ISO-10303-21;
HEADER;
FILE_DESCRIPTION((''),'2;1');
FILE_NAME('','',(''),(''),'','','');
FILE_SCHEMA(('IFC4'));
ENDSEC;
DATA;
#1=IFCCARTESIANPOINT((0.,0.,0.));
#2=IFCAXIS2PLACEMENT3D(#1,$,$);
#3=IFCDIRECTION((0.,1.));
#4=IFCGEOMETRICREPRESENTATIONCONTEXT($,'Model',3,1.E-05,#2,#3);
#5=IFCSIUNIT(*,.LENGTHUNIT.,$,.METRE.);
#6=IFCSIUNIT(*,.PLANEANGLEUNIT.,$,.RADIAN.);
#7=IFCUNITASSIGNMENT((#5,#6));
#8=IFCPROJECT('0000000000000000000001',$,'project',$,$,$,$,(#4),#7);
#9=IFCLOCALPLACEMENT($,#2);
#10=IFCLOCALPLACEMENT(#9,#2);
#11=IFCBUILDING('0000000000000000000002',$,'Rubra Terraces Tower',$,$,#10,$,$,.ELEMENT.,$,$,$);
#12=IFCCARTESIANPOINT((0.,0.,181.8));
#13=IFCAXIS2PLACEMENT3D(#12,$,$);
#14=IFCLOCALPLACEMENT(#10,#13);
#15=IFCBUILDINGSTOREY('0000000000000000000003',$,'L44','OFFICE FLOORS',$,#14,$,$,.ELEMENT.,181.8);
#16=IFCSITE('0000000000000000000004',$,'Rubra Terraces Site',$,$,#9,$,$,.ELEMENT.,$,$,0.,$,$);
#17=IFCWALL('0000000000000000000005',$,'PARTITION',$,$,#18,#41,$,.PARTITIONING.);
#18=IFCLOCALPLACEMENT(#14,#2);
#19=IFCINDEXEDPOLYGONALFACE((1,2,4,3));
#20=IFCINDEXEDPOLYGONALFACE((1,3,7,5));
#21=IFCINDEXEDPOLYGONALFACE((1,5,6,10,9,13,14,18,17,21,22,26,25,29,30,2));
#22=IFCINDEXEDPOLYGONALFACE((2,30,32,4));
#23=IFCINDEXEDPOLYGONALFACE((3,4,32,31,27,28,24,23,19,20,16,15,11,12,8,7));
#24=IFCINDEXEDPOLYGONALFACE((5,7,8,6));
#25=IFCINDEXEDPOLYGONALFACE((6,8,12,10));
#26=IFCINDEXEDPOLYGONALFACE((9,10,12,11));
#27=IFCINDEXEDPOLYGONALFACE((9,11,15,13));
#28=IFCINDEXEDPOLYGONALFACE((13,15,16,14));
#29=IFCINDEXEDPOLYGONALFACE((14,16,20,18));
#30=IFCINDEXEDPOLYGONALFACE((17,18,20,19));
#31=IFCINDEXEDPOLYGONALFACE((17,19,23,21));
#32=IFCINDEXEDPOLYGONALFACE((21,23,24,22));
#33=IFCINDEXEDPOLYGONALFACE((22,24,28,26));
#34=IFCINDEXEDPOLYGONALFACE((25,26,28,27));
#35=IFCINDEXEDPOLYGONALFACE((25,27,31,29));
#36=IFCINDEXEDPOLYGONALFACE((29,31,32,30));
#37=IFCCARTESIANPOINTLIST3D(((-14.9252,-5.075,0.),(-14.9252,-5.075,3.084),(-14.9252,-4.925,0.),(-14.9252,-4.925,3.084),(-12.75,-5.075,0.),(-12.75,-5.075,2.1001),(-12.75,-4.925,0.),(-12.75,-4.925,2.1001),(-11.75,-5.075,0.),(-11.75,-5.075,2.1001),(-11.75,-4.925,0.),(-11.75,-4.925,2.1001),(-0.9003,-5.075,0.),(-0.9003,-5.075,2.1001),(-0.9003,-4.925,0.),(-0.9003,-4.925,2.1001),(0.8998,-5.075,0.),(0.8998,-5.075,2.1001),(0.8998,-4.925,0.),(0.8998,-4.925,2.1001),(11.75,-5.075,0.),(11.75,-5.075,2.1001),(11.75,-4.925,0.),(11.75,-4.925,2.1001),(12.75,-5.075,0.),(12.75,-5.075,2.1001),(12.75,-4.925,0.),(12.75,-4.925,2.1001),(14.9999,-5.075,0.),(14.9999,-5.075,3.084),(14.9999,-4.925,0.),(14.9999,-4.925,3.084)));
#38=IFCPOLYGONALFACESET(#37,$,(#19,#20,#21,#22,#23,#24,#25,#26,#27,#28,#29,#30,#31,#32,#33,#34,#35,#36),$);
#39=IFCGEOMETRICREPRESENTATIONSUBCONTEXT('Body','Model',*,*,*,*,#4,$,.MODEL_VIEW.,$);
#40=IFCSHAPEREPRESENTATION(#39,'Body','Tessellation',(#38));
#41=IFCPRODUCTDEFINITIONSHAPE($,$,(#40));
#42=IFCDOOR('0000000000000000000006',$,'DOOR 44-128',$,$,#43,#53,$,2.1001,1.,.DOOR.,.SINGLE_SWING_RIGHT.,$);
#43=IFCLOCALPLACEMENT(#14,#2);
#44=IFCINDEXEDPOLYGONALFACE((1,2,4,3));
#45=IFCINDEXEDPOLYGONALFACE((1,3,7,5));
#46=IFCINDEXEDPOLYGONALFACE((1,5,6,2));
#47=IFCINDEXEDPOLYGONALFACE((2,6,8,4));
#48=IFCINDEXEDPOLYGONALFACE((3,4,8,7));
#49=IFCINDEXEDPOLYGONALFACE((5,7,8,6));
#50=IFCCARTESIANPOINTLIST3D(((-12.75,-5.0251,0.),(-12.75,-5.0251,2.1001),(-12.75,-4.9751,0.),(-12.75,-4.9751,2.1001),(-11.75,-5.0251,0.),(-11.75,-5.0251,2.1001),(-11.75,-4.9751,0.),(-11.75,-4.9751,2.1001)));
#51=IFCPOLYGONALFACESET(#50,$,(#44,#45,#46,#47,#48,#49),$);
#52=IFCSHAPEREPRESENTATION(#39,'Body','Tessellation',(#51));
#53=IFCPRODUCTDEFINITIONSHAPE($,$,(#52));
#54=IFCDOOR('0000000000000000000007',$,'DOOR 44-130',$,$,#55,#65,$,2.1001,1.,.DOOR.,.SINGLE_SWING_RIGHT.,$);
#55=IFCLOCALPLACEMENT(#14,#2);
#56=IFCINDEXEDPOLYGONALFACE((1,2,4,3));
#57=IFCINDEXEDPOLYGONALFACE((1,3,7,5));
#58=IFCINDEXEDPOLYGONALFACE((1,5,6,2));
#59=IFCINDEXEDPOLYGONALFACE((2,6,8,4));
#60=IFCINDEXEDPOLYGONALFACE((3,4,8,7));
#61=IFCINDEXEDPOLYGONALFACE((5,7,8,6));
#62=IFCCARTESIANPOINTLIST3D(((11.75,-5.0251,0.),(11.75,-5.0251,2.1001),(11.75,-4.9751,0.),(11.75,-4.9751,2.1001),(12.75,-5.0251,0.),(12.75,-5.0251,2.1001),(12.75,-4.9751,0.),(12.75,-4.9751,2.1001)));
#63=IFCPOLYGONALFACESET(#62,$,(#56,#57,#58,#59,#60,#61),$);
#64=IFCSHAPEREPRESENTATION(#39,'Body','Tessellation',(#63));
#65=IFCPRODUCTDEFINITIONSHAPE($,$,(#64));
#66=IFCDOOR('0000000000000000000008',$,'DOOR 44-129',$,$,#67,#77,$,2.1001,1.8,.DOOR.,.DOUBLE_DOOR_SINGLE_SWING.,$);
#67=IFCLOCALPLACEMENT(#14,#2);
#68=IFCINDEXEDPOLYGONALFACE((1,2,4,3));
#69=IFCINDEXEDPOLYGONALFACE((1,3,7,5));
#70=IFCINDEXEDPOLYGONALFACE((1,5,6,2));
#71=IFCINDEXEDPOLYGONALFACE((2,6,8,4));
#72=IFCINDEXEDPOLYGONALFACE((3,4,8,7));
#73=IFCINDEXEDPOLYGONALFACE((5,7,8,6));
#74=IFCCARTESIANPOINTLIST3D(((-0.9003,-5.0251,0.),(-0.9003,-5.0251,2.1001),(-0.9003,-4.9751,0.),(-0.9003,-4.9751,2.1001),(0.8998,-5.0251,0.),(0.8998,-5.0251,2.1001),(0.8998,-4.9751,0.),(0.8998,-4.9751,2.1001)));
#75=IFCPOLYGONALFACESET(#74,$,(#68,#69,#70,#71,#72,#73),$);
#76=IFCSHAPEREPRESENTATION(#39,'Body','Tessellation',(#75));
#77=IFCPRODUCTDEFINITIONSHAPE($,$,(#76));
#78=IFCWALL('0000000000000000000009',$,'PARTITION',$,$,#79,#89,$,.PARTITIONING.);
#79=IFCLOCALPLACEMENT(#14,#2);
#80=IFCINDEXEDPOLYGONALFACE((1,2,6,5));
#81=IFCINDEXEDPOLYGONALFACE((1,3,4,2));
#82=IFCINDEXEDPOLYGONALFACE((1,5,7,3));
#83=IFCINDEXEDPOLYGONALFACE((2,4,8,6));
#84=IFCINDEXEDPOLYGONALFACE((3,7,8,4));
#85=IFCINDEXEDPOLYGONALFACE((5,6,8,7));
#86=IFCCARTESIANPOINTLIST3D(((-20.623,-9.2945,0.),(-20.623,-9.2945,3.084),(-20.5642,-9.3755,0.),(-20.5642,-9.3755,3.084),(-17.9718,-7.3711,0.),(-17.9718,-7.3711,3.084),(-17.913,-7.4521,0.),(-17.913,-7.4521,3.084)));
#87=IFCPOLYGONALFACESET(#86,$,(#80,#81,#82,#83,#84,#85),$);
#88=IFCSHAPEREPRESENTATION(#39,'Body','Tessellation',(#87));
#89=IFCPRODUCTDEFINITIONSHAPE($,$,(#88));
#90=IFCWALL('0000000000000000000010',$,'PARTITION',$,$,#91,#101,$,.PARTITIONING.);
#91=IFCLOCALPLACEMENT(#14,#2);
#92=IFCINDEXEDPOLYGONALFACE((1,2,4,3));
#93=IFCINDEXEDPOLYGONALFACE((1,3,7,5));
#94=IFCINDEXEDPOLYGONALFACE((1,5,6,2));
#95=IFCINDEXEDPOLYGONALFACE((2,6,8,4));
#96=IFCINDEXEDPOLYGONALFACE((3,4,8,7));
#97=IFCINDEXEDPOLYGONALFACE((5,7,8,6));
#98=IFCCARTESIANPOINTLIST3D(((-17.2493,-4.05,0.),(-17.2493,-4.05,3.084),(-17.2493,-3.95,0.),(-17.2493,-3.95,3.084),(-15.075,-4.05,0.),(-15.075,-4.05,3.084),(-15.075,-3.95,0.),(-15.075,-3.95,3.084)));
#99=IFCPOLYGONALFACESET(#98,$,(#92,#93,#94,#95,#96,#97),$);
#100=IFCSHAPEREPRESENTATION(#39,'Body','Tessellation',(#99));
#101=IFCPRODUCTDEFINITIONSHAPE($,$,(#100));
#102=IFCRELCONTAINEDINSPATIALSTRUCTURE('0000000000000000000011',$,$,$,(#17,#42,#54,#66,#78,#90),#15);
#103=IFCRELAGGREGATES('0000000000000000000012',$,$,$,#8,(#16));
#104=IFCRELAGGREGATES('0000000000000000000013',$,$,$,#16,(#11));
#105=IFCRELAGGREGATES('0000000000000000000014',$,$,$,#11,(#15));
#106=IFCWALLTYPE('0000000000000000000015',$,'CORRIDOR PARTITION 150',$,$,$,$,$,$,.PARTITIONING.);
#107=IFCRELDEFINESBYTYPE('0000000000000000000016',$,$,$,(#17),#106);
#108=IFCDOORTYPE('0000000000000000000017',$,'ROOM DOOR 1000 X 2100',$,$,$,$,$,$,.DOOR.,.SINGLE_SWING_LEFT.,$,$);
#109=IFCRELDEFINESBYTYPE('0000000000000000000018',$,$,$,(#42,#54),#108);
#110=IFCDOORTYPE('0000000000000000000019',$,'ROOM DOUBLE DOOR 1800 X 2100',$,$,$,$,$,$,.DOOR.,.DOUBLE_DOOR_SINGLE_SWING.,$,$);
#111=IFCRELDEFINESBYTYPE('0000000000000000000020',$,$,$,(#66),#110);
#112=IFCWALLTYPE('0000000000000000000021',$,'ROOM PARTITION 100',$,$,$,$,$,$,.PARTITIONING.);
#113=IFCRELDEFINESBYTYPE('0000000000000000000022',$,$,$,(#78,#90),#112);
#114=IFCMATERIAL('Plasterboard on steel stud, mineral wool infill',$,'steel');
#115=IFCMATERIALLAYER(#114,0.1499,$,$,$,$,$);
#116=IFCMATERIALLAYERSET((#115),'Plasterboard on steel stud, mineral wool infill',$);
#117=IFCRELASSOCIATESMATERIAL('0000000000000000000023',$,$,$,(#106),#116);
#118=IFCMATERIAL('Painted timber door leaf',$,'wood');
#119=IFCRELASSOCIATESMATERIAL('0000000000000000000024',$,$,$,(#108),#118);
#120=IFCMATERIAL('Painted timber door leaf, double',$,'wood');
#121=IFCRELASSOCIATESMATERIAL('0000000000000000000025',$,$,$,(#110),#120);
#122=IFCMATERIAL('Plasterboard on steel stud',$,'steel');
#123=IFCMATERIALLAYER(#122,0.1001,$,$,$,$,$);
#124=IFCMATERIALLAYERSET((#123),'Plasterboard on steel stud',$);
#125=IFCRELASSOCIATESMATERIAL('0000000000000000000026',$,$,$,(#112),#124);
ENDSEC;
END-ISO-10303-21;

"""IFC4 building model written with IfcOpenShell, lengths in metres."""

from ifc_helpers import new_model, si_unit, direction, frame, frame_2d, origin, place, context, subcontext, project, spatial, rectangle, extrude, material, layer, layer_set, type_object, element, fill, save


model = new_model("IFC4")

# Units and contexts
model_context = context("Model", 3, precision=1e-05, world=origin(), true_north=direction((0.0, 1.0)))
body_context = subcontext(model_context, "Body", "Model", "MODEL_VIEW")
ifc_project = project(units=[si_unit("LENGTHUNIT", "METRE"), si_unit("PLANEANGLEUNIT", "RADIAN")], contexts=[model_context])

# Site, building, storey
site_placement = place(None, origin())
site = spatial("IfcSite", under=ifc_project, at=site_placement, Name="Rubra Terraces Site", CompositionType="ELEMENT", RefElevation=0.0)
building_placement = place(site_placement, origin())
building = spatial("IfcBuilding", under=site, at=building_placement, Name="Rubra Terraces Tower", CompositionType="ELEMENT")
storey_placement = place(building_placement, frame((0.0, 0.0, 181.8)))
storey = spatial("IfcBuildingStorey", under=building, at=storey_placement, Name="L44", Description="OFFICE FLOORS", CompositionType="ELEMENT", Elevation=181.8)

# Shared definitions
ifc_material_1 = material(Name="Plasterboard on steel stud, mineral wool infill", Category="steel")
ifc_layer_1 = layer(ifc_material_1, 0.1499)
ifc_layer_set_1 = layer_set([ifc_layer_1], Name="Plasterboard on steel stud, mineral wool infill")
wall_type_1 = type_object("IfcWallType", Name="CORRIDOR PARTITION 150", PredefinedType="PARTITIONING", material=ifc_layer_set_1)
ifc_material_2 = material(Name="Painted timber door leaf", Category="wood")
door_type_1 = type_object("IfcDoorType", Name="ROOM DOOR 1000 X 2100", OperationType="SINGLE_SWING_LEFT", PredefinedType="DOOR", material=ifc_material_2)
ifc_material_3 = material(Name="Painted timber door leaf, double", Category="wood")
door_type_2 = type_object("IfcDoorType", Name="ROOM DOUBLE DOOR 1800 X 2100", OperationType="DOUBLE_DOOR_SINGLE_SWING", PredefinedType="DOOR", material=ifc_material_3)

# Wall, openings, doors
wall_1_placement = place(storey_placement, frame((-14.925, -5.0, 0.0), z_axis=(0.0, 0.0, 1.0), x_axis=(1.0, 0.0, 0.0)))
wall_1 = element("IfcWall", 1, at=wall_1_placement, inside=storey, type_object=wall_type_1, Name="PARTITION", PredefinedType="PARTITIONING", context=body_context, shape_type="SweptSolid", body=[
    extrude(rectangle(XDim=29.925, YDim=0.1499, at=frame_2d((14.9624, 0.0))), origin(), (0.0, 0.0, 1.0), 3.084),
])
opening_1_placement = place(wall_1_placement, frame((2.175, 0.0, 0.0)))
opening_1 = element("IfcOpeningElement", 2, at=opening_1_placement, cuts=wall_1, PredefinedType="OPENING", context=body_context, shape_type="SweptSolid", body=[
    extrude(rectangle(XDim=1.0, YDim=2.1001, at=frame_2d((0.5, 1.05))), frame((0.0, 0.085, 0.0), z_axis=(0.0, -1.0, 0.0), x_axis=(1.0, 0.0, 0.0)), (0.0, 0.0, 1.0), 0.1699),
])
opening_2_placement = place(wall_1_placement, frame((14.0249, 0.0, 0.0)))
opening_2 = element("IfcOpeningElement", 3, at=opening_2_placement, cuts=wall_1, PredefinedType="OPENING", context=body_context, shape_type="SweptSolid", body=[
    extrude(rectangle(XDim=1.8, YDim=2.1001, at=frame_2d((0.8999, 1.05))), frame((0.0, 0.085, 0.0), z_axis=(0.0, -1.0, 0.0), x_axis=(1.0, 0.0, 0.0)), (0.0, 0.0, 1.0), 0.1699),
])
opening_3_placement = place(wall_1_placement, frame((26.675, 0.0, 0.0)))
opening_3 = element("IfcOpeningElement", 4, at=opening_3_placement, cuts=wall_1, PredefinedType="OPENING", context=body_context, shape_type="SweptSolid", body=[
    extrude(rectangle(XDim=1.0, YDim=2.1001, at=frame_2d((0.5, 1.05))), frame((0.0, 0.085, 0.0), z_axis=(0.0, -1.0, 0.0), x_axis=(1.0, 0.0, 0.0)), (0.0, 0.0, 1.0), 0.1699),
])
door_1_placement = place(opening_1_placement, origin())
door_1 = element("IfcDoor", 5, at=door_1_placement, inside=storey, type_object=door_type_1, Name="DOOR 44-128", OperationType="SINGLE_SWING_RIGHT", OverallHeight=2.1001, OverallWidth=1.0, PredefinedType="DOOR", context=body_context, shape_type="SweptSolid", body=[
    extrude(rectangle(XDim=1.0, YDim=2.1001, at=frame_2d((0.5, 1.05))), frame((0.0, 0.0249, 0.0), z_axis=(0.0, -1.0, 0.0), x_axis=(1.0, 0.0, 0.0)), (0.0, 0.0, 1.0), 0.05),
])
fill(opening_1, door_1)
door_2_placement = place(opening_3_placement, origin())
door_2 = element("IfcDoor", 6, at=door_2_placement, inside=storey, type_object=door_type_1, Name="DOOR 44-130", OperationType="SINGLE_SWING_RIGHT", OverallHeight=2.1001, OverallWidth=1.0, PredefinedType="DOOR", context=body_context, shape_type="SweptSolid", body=[
    extrude(rectangle(XDim=1.0, YDim=2.1001, at=frame_2d((0.5, 1.05))), frame((0.0, 0.0249, 0.0), z_axis=(0.0, -1.0, 0.0), x_axis=(1.0, 0.0, 0.0)), (0.0, 0.0, 1.0), 0.05),
])
fill(opening_3, door_2)
door_3_placement = place(opening_2_placement, origin())
door_3 = element("IfcDoor", 7, at=door_3_placement, inside=storey, type_object=door_type_2, Name="DOOR 44-129", OperationType="DOUBLE_DOOR_SINGLE_SWING", OverallHeight=2.1001, OverallWidth=1.8, PredefinedType="DOOR", context=body_context, shape_type="SweptSolid", body=[
    extrude(rectangle(XDim=1.8, YDim=2.1001, at=frame_2d((0.8999, 1.05))), frame((0.0, 0.0249, 0.0), z_axis=(0.0, -1.0, 0.0), x_axis=(1.0, 0.0, 0.0)), (0.0, 0.0, 1.0), 0.05),
])
fill(opening_2, door_3)

# Walls
ifc_material_4 = material(Name="Plasterboard on steel stud", Category="steel")
ifc_layer_2 = layer(ifc_material_4, 0.1001)
ifc_layer_set_2 = layer_set([ifc_layer_2], Name="Plasterboard on steel stud")
wall_type_2 = type_object("IfcWallType", Name="ROOM PARTITION 100", PredefinedType="PARTITIONING", material=ifc_layer_set_2)
wall_2_placement = place(storey_placement, frame((-17.9424, -7.4116, 0.0), z_axis=(0.0, 0.0, 1.0), x_axis=(-0.809425, -0.587223, 0.0)))
element("IfcWall", 8, at=wall_2_placement, inside=storey, type_object=wall_type_2, Name="PARTITION", PredefinedType="PARTITIONING", context=body_context, shape_type="SweptSolid", body=[
    extrude(rectangle(XDim=3.2754, YDim=0.1001, at=frame_2d((1.6377, 0.0))), origin(), (0.0, 0.0, 1.0), 3.084),
])
wall_3_placement = place(storey_placement, frame((-17.2493, -4.0, 0.0), z_axis=(0.0, 0.0, 1.0), x_axis=(1.0, 0.0, 0.0)))
element("IfcWall", 9, at=wall_3_placement, inside=storey, type_object=wall_type_2, Name="PARTITION", PredefinedType="PARTITIONING", context=body_context, shape_type="SweptSolid", body=[
    extrude(rectangle(XDim=2.1743, YDim=0.1001, at=frame_2d((1.0872, 0.0))), origin(), (0.0, 0.0, 1.0), 3.084),
])

save(model, "model.ifc")
